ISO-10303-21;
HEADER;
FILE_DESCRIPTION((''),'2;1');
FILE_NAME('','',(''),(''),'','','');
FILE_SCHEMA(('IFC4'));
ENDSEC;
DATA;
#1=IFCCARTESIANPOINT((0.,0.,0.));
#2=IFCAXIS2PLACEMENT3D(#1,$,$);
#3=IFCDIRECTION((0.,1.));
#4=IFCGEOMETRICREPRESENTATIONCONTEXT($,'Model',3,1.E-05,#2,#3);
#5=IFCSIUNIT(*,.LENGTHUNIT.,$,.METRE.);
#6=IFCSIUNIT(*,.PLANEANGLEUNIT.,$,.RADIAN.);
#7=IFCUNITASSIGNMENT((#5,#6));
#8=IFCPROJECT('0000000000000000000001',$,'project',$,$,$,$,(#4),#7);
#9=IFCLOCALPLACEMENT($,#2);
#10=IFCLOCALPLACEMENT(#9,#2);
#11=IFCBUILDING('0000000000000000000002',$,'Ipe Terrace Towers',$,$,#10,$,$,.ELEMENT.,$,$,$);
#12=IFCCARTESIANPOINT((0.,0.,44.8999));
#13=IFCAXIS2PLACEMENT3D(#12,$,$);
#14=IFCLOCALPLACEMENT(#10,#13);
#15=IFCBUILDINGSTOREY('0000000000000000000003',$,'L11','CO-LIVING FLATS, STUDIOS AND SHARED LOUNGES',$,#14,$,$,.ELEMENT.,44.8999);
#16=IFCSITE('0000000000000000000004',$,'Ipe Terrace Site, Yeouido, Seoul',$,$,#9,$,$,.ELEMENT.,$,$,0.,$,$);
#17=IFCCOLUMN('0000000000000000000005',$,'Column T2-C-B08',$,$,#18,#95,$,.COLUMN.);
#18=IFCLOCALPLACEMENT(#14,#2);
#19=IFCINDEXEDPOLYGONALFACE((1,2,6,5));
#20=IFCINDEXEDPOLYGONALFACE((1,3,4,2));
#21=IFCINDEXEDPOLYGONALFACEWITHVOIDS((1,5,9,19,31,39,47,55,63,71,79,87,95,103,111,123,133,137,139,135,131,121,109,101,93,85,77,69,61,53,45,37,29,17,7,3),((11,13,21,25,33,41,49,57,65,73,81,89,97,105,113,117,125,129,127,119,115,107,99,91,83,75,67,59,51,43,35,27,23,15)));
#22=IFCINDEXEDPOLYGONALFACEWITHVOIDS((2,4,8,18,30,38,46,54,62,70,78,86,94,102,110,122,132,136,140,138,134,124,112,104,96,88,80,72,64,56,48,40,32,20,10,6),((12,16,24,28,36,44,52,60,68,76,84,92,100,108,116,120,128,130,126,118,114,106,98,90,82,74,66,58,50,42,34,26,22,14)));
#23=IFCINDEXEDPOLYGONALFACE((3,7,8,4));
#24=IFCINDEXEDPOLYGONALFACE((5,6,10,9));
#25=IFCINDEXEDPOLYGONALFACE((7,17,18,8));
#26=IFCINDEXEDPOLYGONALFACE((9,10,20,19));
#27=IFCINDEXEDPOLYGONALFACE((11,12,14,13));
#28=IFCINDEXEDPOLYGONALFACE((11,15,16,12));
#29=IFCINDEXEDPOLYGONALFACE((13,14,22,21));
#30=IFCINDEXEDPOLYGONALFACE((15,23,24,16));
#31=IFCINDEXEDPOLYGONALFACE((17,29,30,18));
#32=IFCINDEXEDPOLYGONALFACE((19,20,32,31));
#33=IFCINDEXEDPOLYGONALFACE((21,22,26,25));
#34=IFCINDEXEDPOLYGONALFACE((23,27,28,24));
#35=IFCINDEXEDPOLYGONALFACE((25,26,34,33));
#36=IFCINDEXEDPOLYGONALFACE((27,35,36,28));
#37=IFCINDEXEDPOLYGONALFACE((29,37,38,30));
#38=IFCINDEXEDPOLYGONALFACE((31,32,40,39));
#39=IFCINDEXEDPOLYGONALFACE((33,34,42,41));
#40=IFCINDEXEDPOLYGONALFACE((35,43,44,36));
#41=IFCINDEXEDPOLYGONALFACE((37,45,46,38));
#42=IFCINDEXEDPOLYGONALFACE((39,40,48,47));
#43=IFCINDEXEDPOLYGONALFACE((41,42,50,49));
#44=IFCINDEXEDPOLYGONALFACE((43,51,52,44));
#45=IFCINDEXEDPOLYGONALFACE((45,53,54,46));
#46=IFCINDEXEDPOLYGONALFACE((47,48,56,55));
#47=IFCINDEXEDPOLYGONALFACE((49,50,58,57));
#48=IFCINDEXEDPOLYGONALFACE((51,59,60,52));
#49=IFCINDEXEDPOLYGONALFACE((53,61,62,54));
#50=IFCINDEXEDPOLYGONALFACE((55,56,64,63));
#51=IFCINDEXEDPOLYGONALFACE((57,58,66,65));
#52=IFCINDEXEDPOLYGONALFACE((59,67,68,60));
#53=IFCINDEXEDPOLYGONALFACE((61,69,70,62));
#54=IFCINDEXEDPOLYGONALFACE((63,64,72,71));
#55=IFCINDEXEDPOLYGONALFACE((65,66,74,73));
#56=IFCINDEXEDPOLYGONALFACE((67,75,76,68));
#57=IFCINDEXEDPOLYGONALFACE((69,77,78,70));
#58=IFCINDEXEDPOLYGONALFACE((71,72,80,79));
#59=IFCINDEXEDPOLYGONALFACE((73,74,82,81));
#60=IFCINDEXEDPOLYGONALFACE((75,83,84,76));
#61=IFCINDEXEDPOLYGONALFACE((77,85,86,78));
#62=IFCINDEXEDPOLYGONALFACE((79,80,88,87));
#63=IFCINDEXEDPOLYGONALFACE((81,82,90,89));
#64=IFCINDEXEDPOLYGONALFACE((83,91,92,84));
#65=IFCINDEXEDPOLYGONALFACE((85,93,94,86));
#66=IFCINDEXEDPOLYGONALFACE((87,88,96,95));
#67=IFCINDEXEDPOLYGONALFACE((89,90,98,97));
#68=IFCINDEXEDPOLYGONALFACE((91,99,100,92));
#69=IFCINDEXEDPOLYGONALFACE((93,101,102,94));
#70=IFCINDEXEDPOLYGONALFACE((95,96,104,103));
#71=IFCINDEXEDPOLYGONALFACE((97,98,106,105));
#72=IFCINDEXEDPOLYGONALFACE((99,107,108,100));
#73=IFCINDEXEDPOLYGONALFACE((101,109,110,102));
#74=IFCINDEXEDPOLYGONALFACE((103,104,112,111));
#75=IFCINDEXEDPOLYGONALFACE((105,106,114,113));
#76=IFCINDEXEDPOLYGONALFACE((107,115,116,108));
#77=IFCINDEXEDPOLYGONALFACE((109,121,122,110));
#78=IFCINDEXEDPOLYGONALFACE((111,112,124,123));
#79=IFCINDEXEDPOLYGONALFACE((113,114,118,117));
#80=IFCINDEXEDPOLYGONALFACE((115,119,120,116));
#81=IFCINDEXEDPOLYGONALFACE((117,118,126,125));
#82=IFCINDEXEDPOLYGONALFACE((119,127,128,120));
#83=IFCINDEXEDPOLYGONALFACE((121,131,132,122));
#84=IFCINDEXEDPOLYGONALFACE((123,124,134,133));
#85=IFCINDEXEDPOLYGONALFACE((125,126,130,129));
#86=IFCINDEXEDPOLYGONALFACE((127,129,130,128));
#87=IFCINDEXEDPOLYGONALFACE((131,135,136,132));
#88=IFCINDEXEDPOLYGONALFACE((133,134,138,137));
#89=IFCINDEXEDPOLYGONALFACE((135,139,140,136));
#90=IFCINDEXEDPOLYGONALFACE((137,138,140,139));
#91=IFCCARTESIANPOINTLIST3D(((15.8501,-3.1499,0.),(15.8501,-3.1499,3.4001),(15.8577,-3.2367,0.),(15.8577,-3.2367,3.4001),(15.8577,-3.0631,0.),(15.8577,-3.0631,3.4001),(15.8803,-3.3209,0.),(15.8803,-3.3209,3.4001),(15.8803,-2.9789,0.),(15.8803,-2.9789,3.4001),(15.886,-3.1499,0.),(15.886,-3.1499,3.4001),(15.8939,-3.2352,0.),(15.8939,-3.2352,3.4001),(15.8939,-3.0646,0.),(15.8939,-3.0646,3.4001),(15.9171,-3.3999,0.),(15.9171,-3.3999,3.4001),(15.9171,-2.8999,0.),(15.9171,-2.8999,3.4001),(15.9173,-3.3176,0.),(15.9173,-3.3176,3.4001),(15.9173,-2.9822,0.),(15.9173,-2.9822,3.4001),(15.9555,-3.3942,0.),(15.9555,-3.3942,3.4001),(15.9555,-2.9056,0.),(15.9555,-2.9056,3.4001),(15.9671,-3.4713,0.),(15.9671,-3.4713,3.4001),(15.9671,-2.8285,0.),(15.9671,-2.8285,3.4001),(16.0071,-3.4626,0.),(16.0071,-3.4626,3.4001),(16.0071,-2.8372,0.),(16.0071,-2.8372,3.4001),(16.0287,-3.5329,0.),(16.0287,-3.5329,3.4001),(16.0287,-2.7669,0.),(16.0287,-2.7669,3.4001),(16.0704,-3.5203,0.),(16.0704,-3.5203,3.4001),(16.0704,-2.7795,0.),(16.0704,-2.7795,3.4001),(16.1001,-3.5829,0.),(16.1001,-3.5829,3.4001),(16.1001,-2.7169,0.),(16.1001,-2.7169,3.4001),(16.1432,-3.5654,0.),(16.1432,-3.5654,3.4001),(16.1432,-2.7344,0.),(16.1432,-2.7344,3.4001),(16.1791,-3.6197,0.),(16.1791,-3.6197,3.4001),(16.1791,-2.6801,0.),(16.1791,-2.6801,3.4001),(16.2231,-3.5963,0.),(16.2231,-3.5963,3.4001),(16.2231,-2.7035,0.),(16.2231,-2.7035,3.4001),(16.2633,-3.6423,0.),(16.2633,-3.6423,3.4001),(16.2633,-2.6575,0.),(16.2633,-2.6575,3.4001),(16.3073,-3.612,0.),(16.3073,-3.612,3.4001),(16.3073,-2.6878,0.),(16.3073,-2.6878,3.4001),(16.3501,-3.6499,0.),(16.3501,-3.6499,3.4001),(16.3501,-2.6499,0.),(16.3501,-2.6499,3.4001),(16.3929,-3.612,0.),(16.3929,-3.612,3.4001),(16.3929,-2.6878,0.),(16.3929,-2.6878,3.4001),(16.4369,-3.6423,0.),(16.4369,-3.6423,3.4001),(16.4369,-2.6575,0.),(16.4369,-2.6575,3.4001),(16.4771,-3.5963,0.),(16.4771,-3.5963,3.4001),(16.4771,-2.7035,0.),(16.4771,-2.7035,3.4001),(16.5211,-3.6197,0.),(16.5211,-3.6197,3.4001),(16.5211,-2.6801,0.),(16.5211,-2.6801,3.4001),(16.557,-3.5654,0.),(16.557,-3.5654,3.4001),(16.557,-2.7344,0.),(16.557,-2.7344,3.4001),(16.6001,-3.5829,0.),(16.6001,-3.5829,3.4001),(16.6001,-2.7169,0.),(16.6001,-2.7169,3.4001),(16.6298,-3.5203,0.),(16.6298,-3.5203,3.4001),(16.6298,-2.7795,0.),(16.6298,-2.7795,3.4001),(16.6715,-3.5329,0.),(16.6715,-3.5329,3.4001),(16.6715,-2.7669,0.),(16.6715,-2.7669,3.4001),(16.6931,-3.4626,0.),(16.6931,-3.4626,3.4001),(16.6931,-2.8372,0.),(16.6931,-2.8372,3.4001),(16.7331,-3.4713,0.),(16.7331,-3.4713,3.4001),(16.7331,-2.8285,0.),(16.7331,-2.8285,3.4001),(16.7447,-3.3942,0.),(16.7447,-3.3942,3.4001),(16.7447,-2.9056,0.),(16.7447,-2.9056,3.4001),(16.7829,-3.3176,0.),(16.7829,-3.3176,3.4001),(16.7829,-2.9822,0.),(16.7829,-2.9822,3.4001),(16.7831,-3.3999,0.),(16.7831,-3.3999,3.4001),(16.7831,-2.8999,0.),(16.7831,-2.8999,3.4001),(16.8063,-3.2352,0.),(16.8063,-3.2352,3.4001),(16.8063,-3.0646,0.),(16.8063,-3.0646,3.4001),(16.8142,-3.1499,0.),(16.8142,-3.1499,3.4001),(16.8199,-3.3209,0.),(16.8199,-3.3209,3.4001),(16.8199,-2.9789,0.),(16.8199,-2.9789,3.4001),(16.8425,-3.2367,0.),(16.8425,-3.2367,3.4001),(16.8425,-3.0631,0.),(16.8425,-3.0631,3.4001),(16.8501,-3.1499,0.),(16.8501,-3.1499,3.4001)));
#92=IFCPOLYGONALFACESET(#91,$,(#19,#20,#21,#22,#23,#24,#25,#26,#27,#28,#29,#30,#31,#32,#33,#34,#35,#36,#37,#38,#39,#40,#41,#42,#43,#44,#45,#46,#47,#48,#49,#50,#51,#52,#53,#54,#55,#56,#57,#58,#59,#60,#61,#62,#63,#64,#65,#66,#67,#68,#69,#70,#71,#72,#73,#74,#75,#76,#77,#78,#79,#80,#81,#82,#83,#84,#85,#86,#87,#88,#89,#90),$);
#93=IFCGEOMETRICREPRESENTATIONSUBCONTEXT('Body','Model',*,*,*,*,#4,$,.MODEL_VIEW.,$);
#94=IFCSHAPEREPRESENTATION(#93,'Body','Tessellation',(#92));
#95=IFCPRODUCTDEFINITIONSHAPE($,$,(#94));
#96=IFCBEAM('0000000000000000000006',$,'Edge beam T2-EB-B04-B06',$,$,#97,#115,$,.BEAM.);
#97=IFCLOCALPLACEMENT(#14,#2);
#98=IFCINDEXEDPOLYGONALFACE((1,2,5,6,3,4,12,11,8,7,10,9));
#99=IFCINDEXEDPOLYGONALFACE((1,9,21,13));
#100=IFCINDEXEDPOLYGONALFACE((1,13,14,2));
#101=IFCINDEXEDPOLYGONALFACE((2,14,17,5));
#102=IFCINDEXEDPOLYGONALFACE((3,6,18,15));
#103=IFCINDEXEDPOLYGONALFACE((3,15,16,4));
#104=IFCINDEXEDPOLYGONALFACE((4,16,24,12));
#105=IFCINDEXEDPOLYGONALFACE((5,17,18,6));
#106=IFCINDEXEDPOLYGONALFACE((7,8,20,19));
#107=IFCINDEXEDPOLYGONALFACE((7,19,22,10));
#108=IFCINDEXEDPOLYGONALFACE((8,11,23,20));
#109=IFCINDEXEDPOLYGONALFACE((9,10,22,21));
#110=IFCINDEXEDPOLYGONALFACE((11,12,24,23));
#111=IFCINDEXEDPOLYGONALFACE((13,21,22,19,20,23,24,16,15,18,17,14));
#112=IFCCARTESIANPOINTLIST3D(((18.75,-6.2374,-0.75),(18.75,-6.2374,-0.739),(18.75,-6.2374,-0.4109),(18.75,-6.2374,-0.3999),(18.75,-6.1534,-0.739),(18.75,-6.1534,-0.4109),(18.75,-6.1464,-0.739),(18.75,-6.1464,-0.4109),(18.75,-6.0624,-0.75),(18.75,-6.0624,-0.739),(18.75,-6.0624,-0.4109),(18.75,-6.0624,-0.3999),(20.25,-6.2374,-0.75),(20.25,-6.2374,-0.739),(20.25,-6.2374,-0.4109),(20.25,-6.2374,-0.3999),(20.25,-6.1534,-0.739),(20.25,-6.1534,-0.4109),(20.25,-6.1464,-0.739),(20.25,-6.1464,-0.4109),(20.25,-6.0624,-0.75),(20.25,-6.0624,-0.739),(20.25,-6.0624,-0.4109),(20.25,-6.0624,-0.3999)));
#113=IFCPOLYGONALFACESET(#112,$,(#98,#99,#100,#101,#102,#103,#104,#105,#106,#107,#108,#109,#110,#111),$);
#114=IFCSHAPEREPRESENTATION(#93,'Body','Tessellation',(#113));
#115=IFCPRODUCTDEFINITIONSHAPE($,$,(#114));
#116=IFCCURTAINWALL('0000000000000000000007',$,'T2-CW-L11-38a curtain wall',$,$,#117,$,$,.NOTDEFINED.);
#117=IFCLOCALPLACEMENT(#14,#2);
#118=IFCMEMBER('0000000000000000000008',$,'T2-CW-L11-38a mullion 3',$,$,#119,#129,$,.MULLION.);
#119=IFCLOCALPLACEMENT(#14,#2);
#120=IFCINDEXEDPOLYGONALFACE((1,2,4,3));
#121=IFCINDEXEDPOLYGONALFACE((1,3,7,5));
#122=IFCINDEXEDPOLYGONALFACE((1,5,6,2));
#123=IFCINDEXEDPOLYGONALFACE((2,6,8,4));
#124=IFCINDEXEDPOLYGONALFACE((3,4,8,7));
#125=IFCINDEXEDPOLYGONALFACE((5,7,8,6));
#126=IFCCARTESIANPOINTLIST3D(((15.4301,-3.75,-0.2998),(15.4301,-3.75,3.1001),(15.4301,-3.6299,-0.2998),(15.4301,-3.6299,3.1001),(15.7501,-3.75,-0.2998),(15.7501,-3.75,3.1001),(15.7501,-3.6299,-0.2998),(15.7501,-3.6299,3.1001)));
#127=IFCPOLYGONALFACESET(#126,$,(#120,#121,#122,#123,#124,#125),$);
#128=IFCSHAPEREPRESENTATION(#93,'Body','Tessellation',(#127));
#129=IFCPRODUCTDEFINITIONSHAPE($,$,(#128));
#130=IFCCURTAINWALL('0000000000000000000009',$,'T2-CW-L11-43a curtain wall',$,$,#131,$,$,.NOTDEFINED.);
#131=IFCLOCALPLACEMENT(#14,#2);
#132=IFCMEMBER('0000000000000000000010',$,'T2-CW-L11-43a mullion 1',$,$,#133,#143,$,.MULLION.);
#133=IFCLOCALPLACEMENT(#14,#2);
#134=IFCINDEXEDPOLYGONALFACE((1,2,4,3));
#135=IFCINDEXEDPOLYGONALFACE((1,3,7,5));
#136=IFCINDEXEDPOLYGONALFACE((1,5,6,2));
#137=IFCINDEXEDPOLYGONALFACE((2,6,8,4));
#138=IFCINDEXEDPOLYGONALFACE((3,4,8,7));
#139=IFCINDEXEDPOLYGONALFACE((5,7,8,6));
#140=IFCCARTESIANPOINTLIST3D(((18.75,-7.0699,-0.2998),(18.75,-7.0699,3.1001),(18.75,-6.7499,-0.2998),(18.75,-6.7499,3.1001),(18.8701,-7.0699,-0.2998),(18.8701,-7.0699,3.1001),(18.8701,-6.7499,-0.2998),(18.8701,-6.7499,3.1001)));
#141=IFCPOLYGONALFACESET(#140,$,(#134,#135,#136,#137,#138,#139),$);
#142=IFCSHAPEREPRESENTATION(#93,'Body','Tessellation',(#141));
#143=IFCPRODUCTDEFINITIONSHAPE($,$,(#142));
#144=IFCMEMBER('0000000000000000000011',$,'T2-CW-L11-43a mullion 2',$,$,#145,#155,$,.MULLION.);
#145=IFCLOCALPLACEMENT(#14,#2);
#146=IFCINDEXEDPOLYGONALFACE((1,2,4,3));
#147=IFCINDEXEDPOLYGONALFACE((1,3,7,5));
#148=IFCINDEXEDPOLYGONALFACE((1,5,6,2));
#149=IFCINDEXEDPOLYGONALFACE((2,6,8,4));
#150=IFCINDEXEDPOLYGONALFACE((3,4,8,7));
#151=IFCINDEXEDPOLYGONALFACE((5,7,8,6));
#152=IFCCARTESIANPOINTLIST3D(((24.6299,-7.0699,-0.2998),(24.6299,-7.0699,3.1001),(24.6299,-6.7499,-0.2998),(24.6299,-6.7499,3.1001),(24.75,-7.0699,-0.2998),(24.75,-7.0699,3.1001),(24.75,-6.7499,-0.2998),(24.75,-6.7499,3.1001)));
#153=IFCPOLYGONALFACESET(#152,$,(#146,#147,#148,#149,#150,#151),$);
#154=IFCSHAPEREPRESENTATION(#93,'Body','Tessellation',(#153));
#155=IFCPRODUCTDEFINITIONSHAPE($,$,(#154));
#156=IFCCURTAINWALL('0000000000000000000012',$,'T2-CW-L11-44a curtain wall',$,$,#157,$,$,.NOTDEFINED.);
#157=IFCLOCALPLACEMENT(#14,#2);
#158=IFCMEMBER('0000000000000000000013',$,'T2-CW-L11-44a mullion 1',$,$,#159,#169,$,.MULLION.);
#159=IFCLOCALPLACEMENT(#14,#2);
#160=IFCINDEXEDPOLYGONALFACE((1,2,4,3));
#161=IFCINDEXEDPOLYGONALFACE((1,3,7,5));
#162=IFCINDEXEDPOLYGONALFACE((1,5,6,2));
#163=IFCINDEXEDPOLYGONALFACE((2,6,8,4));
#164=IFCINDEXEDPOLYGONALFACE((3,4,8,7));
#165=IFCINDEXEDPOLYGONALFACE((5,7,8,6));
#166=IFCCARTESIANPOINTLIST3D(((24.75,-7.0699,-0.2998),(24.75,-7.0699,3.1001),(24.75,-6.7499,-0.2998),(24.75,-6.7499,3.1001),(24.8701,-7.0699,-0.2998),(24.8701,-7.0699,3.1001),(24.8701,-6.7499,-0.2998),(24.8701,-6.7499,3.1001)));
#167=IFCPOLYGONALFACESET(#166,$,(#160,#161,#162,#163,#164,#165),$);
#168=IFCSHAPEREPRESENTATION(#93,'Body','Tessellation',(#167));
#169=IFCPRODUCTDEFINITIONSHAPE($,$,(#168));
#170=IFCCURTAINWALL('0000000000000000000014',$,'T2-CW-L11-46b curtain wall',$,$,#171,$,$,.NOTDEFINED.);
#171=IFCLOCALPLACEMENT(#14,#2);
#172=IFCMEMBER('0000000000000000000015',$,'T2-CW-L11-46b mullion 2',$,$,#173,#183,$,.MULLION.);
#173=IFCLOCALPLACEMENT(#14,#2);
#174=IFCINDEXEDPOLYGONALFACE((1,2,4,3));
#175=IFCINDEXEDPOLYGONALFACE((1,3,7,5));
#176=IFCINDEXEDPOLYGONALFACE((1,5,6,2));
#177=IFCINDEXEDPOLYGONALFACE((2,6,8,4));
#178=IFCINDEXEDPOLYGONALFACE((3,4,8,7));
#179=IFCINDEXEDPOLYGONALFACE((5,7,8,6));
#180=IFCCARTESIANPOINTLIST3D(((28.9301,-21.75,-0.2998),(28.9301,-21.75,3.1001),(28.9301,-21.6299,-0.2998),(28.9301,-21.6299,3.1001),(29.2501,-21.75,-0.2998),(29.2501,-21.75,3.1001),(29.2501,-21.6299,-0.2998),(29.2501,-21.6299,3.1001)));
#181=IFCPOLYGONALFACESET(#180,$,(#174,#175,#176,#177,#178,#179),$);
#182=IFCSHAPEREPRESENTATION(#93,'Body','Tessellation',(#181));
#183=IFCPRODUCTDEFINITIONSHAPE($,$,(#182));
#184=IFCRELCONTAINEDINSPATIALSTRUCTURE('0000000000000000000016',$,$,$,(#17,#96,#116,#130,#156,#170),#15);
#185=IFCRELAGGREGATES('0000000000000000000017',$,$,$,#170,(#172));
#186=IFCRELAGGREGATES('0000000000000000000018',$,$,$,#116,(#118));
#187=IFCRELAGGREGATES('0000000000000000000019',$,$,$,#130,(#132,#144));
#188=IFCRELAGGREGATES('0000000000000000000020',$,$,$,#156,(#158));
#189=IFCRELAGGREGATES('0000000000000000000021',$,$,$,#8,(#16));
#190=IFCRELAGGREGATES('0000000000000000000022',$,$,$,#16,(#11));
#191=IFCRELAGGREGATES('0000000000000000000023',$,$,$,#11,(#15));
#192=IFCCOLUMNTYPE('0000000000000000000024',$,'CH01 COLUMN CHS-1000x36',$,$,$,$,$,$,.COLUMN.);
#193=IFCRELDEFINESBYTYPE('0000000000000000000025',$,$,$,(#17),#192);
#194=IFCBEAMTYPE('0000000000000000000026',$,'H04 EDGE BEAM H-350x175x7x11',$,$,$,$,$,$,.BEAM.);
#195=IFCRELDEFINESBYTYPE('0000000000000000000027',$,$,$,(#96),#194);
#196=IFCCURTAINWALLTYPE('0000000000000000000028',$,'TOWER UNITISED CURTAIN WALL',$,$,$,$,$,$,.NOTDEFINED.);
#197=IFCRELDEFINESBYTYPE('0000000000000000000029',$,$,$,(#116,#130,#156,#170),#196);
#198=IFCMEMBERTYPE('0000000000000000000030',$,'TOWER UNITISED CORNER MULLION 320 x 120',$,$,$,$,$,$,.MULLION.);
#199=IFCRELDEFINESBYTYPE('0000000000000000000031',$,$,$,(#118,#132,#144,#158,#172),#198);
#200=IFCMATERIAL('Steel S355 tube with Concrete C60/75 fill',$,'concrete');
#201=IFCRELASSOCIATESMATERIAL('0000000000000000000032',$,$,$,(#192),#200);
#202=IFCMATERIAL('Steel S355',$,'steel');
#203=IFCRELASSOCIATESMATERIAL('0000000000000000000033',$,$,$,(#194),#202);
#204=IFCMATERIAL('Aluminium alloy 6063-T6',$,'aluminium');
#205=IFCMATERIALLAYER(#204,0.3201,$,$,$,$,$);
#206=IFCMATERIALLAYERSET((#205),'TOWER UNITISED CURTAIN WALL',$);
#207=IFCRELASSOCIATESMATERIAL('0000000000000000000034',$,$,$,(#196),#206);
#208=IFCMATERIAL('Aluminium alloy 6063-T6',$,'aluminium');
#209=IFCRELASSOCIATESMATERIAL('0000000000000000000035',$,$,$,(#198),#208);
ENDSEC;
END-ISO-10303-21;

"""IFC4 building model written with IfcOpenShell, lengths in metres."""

from ifc_helpers import new_model, si_unit, direction, frame, origin, origin_2d, place, context, subcontext, project, spatial, rectangle, hollow_circle, i_section, extrude, material, layer, layer_set, material_profile, profile_set, type_object, element, aggregate, save


model = new_model("IFC4")

# Units and contexts
model_context = context("Model", 3, precision=1e-05, world=origin(), true_north=direction((0.0, 1.0)))
body_context = subcontext(model_context, "Body", "Model", "MODEL_VIEW")
ifc_project = project(units=[si_unit("LENGTHUNIT", "METRE"), si_unit("PLANEANGLEUNIT", "RADIAN")], contexts=[model_context])

# Site, building, storey
site_placement = place(None, origin())
site = spatial("IfcSite", under=ifc_project, at=site_placement, Name="Ipe Terrace Site, Yeouido, Seoul", CompositionType="ELEMENT", RefElevation=0.0)
building_placement = place(site_placement, origin())
building = spatial("IfcBuilding", under=site, at=building_placement, Name="Ipe Terrace Towers", CompositionType="ELEMENT")
storey_placement = place(building_placement, frame((0.0, 0.0, 44.8999)))
storey = spatial("IfcBuildingStorey", under=building, at=storey_placement, Name="L11", Description="CO-LIVING FLATS, STUDIOS AND SHARED LOUNGES", CompositionType="ELEMENT", Elevation=44.8999)

# Column
ifc_material_1 = material(Name="Steel S355 tube with Concrete C60/75 fill", Category="concrete")
ifc_material_profile_1 = material_profile(ifc_material_1, hollow_circle(Radius=0.5, WallThickness=0.0359, at=origin_2d()), Name="CHS-1000x36")
ifc_profile_set_1 = profile_set([ifc_material_profile_1], Name="Steel S355 tube with Concrete C60/75 fill")
column_type = type_object("IfcColumnType", Name="CH01 COLUMN CHS-1000x36", PredefinedType="COLUMN", material=ifc_profile_set_1)
for number, where, z_axis, x_axis, name in (
    (1, (16.3501, -3.1499, 0.0), (0.0, 0.0, 1.0), (1.0, 0.0, 0.0), "Column T2-C-B08"),
):
    element("IfcColumn", number, at=place(storey_placement, frame(where, z_axis=z_axis, x_axis=x_axis)), inside=storey, type_object=column_type, Name=name, PredefinedType="COLUMN", context=body_context, shape_type="SweptSolid", body=[
        extrude(hollow_circle(Radius=0.5, WallThickness=0.0359, at=origin_2d()), origin(), (0.0, 0.0, 1.0), 3.4001),
    ])

# Beam
ifc_material_2 = material(Name="Steel S355", Category="steel")
ifc_material_profile_2 = material_profile(ifc_material_2, i_section(OverallWidth=0.175, OverallDepth=0.3501, WebThickness=0.0071, FlangeThickness=0.011, at=origin_2d()), Name="H-350x175x7x11")
ifc_profile_set_2 = profile_set([ifc_material_profile_2], Name="Steel S355")
beam_type = type_object("IfcBeamType", Name="H04 EDGE BEAM H-350x175x7x11", PredefinedType="BEAM", material=ifc_profile_set_2)
beam_placement = place(storey_placement, frame((20.25, -6.1499, -0.575), z_axis=(-1.0, 0.0, 0.0), x_axis=(0.0, -1.0, 0.0)))
element("IfcBeam", 2, at=beam_placement, inside=storey, type_object=beam_type, Name="Edge beam T2-EB-B04-B06", PredefinedType="BEAM", context=body_context, shape_type="SweptSolid", body=[
    extrude(i_section(OverallWidth=0.175, OverallDepth=0.3501, WebThickness=0.0071, FlangeThickness=0.011, at=origin_2d()), origin(), (0.0, 0.0, 1.0), 1.5),
])

# Curtain wall, member
ifc_material_3 = material(Name="Aluminium alloy 6063-T6", Category="aluminium")
ifc_layer_1 = layer(ifc_material_3, 0.3201)
ifc_layer_set_1 = layer_set([ifc_layer_1], Name="TOWER UNITISED CURTAIN WALL")
curtain_wall_type = type_object("IfcCurtainWallType", Name="TOWER UNITISED CURTAIN WALL", PredefinedType="NOTDEFINED", material=ifc_layer_set_1)
curtain_wall_1_placement = place(storey_placement, origin())
curtain_wall_1 = element("IfcCurtainWall", 3, at=curtain_wall_1_placement, inside=storey, type_object=curtain_wall_type, Name="T2-CW-L11-38a curtain wall", PredefinedType="NOTDEFINED")
ifc_material_4 = material(Name="Aluminium alloy 6063-T6", Category="aluminium")
ifc_material_profile_3 = material_profile(ifc_material_4, rectangle(XDim=0.3201, YDim=0.1201, at=origin_2d()), Name="TOWER UNITISED CORNER MULLION 320 x 120")
ifc_profile_set_3 = profile_set([ifc_material_profile_3], Name="Aluminium alloy 6063-T6")
member_type = type_object("IfcMemberType", Name="TOWER UNITISED CORNER MULLION 320 x 120", PredefinedType="MULLION", material=ifc_profile_set_3)
member_1_placement = place(storey_placement, frame((15.5901, -3.6899, -0.2998), z_axis=(0.0, 0.0, 1.0), x_axis=(-1.0, 0.0, 0.0)))
member_1 = element("IfcMember", 4, at=member_1_placement, type_object=member_type, Name="T2-CW-L11-38a mullion 3", PredefinedType="MULLION", context=body_context, shape_type="SweptSolid", body=[
    extrude(rectangle(XDim=0.3201, YDim=0.1201, at=origin_2d()), origin(), (0.0, 0.0, 1.0), 3.3999),
])

# Curtain wall, members
curtain_wall_2_placement = place(storey_placement, origin())
curtain_wall_2 = element("IfcCurtainWall", 5, at=curtain_wall_2_placement, inside=storey, type_object=curtain_wall_type, Name="T2-CW-L11-43a curtain wall", PredefinedType="NOTDEFINED")
member_2_placement = place(storey_placement, frame((18.8101, -6.9099, -0.2998), z_axis=(0.0, 0.0, 1.0), x_axis=(0.0, -1.0, 0.0)))
member_2 = element("IfcMember", 6, at=member_2_placement, type_object=member_type, Name="T2-CW-L11-43a mullion 1", PredefinedType="MULLION", context=body_context, shape_type="SweptSolid", body=[
    extrude(rectangle(XDim=0.3201, YDim=0.1201, at=origin_2d()), origin(), (0.0, 0.0, 1.0), 3.3999),
])
member_3_placement = place(storey_placement, frame((24.6899, -6.9099, -0.2998), z_axis=(0.0, 0.0, 1.0), x_axis=(0.0, -1.0, 0.0)))
member_3 = element("IfcMember", 7, at=member_3_placement, type_object=member_type, Name="T2-CW-L11-43a mullion 2", PredefinedType="MULLION", context=body_context, shape_type="SweptSolid", body=[
    extrude(rectangle(XDim=0.3201, YDim=0.1201, at=origin_2d()), origin(), (0.0, 0.0, 1.0), 3.3999),
])

# Curtain walls, members
curtain_wall_3_placement = place(storey_placement, origin())
curtain_wall_3 = element("IfcCurtainWall", 8, at=curtain_wall_3_placement, inside=storey, type_object=curtain_wall_type, Name="T2-CW-L11-44a curtain wall", PredefinedType="NOTDEFINED")
member_4_placement = place(storey_placement, frame((24.8101, -6.9099, -0.2998), z_axis=(0.0, 0.0, 1.0), x_axis=(0.0, -1.0, 0.0)))
member_4 = element("IfcMember", 9, at=member_4_placement, type_object=member_type, Name="T2-CW-L11-44a mullion 1", PredefinedType="MULLION", context=body_context, shape_type="SweptSolid", body=[
    extrude(rectangle(XDim=0.3201, YDim=0.1201, at=origin_2d()), origin(), (0.0, 0.0, 1.0), 3.3999),
])
curtain_wall_4_placement = place(storey_placement, origin())
curtain_wall_4 = element("IfcCurtainWall", 10, at=curtain_wall_4_placement, inside=storey, type_object=curtain_wall_type, Name="T2-CW-L11-46b curtain wall", PredefinedType="NOTDEFINED")
member_5_placement = place(storey_placement, frame((29.0901, -21.6899, -0.2998), z_axis=(0.0, 0.0, 1.0), x_axis=(-1.0, 0.0, 0.0)))
member_5 = element("IfcMember", 11, at=member_5_placement, type_object=member_type, Name="T2-CW-L11-46b mullion 2", PredefinedType="MULLION", context=body_context, shape_type="SweptSolid", body=[
    extrude(rectangle(XDim=0.3201, YDim=0.1201, at=origin_2d()), origin(), (0.0, 0.0, 1.0), 3.3999),
])
aggregate(curtain_wall_4, [member_5])

aggregate(curtain_wall_1, [member_1])
aggregate(curtain_wall_2, [member_2, member_3])
aggregate(curtain_wall_3, [member_4])

save(model, "model.ifc")
